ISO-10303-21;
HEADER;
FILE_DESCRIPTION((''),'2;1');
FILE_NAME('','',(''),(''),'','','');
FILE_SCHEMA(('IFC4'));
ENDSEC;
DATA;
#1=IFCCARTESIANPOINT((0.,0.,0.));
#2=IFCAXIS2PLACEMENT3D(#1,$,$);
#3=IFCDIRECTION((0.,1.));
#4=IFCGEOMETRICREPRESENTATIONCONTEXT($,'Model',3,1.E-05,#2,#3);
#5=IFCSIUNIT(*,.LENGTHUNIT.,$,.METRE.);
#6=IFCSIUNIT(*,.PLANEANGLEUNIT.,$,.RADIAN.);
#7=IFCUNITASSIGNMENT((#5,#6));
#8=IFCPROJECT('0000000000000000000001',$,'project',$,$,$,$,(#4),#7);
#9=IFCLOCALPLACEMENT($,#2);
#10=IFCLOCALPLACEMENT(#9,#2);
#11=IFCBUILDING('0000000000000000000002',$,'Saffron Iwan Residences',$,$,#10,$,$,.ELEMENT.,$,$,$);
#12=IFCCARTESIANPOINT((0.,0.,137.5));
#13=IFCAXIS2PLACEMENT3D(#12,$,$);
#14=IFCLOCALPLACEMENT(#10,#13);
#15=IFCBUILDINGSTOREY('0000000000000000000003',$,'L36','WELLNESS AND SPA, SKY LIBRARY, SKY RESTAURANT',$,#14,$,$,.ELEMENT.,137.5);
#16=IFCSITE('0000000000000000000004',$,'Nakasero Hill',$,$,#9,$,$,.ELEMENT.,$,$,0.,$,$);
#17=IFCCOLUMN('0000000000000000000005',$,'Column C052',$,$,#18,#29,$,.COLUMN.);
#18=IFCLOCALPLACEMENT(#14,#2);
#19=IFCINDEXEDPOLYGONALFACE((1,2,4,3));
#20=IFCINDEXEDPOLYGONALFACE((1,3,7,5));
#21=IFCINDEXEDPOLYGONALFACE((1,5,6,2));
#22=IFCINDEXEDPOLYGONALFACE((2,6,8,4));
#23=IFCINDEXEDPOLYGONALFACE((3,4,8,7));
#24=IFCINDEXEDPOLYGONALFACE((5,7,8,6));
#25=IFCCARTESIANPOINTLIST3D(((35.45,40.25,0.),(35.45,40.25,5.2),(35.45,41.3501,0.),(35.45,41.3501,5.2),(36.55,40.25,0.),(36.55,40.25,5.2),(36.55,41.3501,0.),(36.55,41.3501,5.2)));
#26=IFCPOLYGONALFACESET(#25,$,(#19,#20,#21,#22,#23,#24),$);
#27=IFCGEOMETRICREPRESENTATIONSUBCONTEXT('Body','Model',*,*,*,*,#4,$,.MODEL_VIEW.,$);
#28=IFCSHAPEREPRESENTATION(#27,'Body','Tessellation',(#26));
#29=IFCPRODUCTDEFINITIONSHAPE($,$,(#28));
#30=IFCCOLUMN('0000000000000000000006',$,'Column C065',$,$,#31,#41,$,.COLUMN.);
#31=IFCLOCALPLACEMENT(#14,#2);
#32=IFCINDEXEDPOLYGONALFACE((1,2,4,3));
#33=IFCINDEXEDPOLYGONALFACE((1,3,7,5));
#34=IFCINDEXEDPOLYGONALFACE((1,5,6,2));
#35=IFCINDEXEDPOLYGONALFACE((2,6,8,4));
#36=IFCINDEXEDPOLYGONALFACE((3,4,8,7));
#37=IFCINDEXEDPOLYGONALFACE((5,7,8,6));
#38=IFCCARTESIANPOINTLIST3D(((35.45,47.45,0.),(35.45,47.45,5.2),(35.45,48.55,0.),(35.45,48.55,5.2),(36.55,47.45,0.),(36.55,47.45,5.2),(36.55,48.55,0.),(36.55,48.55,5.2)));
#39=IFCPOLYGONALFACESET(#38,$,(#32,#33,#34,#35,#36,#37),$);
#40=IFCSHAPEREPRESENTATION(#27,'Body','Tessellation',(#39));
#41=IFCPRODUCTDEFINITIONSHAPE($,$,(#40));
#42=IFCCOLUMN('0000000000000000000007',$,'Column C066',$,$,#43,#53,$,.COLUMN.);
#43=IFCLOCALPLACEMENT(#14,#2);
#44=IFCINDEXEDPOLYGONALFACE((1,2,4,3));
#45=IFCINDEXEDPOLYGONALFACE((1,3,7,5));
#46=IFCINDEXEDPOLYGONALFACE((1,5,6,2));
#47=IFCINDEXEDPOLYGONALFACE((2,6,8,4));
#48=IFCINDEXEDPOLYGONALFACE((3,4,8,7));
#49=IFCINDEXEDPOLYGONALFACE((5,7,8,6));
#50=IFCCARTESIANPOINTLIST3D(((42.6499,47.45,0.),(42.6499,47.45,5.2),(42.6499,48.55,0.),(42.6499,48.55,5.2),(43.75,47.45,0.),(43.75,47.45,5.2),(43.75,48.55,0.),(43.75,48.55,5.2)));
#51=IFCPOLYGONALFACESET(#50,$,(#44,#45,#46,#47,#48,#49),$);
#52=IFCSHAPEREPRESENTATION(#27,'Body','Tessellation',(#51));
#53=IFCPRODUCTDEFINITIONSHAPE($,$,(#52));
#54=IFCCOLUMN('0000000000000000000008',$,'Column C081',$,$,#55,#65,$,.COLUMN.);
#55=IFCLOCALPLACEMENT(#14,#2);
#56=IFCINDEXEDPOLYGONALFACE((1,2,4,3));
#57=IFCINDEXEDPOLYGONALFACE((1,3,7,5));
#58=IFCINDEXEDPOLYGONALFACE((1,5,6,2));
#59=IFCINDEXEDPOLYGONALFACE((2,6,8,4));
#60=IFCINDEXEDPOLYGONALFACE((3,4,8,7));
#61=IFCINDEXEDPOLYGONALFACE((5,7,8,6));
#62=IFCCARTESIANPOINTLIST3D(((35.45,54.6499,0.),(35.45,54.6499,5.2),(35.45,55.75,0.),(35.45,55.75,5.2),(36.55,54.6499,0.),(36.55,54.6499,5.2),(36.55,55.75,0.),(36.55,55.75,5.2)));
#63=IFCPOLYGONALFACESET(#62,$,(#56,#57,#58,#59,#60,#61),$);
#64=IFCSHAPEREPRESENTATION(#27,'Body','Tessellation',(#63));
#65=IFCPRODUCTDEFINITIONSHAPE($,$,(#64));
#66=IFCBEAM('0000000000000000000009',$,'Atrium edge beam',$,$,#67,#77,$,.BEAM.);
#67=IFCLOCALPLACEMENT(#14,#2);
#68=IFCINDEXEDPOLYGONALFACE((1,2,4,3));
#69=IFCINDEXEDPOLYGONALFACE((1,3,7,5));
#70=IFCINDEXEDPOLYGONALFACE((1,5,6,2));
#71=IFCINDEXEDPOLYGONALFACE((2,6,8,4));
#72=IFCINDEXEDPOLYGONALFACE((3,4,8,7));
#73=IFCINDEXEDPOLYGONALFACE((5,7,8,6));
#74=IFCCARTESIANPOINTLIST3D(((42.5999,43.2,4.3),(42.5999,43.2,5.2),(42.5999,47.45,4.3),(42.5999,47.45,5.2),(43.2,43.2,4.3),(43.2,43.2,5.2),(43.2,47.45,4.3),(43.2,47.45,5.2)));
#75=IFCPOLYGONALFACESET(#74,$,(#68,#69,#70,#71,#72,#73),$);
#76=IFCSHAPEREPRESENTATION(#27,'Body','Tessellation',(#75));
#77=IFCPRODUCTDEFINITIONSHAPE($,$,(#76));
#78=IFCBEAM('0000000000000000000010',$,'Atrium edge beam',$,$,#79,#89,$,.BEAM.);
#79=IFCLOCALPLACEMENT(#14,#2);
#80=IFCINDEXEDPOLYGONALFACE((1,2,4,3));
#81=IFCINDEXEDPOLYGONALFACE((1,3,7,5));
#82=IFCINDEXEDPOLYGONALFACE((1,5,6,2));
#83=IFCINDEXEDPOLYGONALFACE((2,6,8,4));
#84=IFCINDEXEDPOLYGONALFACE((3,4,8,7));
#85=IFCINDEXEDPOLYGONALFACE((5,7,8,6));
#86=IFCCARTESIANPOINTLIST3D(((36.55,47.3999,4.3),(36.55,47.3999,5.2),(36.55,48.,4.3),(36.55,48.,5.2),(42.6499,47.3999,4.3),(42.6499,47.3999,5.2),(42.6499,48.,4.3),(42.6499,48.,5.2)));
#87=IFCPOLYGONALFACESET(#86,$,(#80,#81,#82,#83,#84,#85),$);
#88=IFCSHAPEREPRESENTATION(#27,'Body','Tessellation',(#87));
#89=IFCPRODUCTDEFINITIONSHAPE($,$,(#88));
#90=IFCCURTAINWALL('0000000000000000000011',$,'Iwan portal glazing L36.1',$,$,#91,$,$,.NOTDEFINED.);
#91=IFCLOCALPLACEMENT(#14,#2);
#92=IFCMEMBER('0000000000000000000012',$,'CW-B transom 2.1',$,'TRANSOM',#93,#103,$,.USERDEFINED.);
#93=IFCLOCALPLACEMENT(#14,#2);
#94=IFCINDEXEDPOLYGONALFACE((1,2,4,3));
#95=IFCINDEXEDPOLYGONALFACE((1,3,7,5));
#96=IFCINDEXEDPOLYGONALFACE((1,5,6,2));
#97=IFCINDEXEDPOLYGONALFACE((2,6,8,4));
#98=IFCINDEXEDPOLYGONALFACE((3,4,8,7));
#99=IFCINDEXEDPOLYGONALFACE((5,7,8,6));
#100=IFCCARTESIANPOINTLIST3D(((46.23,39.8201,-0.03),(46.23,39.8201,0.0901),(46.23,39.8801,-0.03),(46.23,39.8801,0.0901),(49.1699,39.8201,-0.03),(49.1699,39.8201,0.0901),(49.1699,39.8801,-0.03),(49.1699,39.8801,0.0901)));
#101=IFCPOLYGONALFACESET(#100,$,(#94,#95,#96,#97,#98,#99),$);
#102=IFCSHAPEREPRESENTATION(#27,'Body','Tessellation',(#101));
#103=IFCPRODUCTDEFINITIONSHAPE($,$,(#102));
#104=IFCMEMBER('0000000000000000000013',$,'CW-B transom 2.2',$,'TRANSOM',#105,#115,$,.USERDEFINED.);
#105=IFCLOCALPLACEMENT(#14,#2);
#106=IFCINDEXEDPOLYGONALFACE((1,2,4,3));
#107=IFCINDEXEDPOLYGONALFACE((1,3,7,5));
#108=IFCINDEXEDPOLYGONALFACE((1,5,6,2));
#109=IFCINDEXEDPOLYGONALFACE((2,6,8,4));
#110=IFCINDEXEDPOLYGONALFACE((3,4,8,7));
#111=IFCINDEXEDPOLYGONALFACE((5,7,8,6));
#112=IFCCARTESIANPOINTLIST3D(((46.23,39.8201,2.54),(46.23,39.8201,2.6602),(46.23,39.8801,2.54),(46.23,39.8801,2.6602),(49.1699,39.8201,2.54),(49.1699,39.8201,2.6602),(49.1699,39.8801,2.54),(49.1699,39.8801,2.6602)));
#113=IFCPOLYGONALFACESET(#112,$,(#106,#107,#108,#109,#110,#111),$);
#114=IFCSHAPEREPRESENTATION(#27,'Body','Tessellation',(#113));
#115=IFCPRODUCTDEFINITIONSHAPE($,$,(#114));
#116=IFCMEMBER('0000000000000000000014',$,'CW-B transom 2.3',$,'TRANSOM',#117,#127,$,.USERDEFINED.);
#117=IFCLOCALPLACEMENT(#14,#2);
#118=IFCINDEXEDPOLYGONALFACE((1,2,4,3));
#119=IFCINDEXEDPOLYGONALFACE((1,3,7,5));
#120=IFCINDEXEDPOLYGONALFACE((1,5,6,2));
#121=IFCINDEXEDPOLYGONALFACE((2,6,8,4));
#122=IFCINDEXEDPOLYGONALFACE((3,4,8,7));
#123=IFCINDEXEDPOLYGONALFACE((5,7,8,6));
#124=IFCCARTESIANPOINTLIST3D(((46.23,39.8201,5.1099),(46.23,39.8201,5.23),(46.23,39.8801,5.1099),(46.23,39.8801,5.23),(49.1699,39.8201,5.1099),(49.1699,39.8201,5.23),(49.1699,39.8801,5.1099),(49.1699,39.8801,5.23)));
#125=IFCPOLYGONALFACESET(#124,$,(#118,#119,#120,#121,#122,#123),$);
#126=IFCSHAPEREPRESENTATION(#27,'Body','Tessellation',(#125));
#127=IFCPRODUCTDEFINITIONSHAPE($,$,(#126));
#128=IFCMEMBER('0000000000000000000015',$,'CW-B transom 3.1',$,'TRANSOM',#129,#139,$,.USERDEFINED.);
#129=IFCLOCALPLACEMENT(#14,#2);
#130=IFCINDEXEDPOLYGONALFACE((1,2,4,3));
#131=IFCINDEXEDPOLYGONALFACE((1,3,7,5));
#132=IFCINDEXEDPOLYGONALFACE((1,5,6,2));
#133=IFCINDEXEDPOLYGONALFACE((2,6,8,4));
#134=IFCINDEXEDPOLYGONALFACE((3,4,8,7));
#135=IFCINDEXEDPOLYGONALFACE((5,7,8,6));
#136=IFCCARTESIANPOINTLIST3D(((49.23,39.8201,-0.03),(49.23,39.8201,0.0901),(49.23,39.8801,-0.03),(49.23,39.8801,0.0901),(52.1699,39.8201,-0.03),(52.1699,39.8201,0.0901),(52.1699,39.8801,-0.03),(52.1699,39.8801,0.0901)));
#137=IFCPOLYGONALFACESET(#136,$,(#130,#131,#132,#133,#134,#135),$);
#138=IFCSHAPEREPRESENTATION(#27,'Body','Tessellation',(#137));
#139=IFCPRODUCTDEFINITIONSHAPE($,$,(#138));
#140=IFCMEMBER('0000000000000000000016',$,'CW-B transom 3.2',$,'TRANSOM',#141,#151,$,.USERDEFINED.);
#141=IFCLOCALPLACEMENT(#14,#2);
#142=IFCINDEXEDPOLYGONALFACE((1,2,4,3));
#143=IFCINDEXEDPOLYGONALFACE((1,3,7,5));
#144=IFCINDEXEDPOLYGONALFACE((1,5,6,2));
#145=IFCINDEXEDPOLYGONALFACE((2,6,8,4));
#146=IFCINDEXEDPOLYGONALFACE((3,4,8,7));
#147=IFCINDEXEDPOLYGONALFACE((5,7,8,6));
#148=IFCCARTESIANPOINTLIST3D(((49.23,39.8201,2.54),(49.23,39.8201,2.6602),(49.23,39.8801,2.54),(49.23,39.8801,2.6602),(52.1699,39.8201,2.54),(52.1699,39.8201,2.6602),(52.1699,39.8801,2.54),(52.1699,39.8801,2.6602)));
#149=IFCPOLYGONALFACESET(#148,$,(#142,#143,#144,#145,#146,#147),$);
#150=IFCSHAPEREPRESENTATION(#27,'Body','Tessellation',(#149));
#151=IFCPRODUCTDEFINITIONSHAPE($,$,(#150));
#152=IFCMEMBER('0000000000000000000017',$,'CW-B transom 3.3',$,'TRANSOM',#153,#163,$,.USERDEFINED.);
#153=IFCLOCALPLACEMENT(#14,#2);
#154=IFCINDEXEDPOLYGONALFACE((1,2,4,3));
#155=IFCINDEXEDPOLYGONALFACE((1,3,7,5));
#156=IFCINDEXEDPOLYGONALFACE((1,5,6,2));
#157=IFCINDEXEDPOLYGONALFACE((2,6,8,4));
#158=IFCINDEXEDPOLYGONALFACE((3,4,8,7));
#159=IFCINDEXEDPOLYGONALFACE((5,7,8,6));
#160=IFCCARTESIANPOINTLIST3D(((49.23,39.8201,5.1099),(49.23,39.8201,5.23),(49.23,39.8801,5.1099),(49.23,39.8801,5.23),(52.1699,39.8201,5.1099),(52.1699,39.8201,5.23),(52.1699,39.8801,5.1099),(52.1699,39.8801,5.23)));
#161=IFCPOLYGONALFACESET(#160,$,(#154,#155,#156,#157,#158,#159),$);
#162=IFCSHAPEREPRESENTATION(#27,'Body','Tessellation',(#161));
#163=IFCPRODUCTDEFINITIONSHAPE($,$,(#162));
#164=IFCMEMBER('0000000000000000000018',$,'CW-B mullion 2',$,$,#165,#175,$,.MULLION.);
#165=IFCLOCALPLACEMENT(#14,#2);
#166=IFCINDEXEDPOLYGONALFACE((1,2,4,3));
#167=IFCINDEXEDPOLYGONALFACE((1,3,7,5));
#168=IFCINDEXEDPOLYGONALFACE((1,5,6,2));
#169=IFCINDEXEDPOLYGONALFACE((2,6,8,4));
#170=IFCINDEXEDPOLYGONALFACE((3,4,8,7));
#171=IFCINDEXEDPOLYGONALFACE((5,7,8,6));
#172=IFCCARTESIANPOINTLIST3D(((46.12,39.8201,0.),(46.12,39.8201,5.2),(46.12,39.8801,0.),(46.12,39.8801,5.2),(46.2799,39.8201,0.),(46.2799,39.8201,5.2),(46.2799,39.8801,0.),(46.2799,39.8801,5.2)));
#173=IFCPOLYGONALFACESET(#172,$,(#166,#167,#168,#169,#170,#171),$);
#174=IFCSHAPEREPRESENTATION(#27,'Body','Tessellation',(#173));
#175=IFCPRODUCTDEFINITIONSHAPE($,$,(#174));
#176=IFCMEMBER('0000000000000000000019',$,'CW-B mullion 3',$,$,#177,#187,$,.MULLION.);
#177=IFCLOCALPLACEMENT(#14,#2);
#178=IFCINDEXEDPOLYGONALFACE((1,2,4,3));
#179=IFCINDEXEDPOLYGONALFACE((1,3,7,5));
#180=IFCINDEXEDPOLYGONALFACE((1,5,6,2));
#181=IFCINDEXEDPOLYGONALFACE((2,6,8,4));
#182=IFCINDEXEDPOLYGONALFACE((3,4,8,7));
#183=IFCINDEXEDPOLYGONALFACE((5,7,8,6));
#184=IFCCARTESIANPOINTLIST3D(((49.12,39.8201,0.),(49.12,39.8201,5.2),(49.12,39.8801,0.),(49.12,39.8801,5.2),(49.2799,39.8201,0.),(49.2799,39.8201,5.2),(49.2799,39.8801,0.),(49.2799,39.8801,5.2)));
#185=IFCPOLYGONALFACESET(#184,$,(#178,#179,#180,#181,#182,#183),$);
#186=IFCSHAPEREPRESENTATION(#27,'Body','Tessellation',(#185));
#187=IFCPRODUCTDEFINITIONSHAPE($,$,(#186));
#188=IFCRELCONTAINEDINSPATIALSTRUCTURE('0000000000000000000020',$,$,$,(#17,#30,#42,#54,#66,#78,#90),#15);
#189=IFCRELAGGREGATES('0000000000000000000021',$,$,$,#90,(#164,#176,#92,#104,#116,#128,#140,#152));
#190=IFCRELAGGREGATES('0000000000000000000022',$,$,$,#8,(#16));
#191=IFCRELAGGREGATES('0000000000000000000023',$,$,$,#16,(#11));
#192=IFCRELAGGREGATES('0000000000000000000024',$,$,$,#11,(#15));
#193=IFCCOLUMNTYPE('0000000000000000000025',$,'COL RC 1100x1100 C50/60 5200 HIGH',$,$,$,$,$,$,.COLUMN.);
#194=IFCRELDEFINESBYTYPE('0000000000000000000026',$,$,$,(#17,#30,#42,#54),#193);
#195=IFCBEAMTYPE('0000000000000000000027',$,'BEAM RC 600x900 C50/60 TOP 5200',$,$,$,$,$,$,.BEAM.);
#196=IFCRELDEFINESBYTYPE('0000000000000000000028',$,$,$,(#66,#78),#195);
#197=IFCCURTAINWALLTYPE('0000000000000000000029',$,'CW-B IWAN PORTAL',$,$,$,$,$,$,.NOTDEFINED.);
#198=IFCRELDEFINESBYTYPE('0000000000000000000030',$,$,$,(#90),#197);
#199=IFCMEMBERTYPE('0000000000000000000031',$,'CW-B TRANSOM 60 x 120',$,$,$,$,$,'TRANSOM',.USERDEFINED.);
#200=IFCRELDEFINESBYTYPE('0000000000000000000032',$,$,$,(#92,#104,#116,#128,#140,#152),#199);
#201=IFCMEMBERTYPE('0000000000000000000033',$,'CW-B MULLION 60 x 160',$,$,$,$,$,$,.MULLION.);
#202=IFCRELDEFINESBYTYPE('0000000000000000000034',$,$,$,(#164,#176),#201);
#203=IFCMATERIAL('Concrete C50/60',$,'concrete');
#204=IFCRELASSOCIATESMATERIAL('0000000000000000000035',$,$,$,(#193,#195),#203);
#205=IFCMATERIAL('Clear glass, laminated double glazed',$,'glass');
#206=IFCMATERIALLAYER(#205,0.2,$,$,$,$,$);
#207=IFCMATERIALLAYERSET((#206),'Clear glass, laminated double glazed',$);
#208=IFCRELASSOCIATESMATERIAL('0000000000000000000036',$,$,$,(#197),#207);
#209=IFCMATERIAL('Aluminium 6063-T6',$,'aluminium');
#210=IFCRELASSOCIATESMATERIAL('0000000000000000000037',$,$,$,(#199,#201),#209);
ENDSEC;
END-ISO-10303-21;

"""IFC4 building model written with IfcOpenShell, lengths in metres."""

from ifc_helpers import new_model, si_unit, direction, frame, origin, origin_2d, place, context, subcontext, project, spatial, rectangle, extrude, source, transform, mapped, material, layer, layer_set, material_profile, profile_set, type_object, element, aggregate, save


model = new_model("IFC4")

# Units and contexts
model_context = context("Model", 3, precision=1e-05, world=origin(), true_north=direction((0.0, 1.0)))
body_context = subcontext(model_context, "Body", "Model", "MODEL_VIEW")
ifc_project = project(units=[si_unit("LENGTHUNIT", "METRE"), si_unit("PLANEANGLEUNIT", "RADIAN")], contexts=[model_context])

# Site, building, storey
site_placement = place(None, origin())
site = spatial("IfcSite", under=ifc_project, at=site_placement, Name="Nakasero Hill", CompositionType="ELEMENT", RefElevation=0.0)
building_placement = place(site_placement, origin())
building = spatial("IfcBuilding", under=site, at=building_placement, Name="Saffron Iwan Residences", CompositionType="ELEMENT")
storey_placement = place(building_placement, frame((0.0, 0.0, 137.5)))
storey = spatial("IfcBuildingStorey", under=building, at=storey_placement, Name="L36", Description="WELLNESS AND SPA, SKY LIBRARY, SKY RESTAURANT", CompositionType="ELEMENT", Elevation=137.5)

# Columns
ifc_material_1 = material(Name="Concrete C50/60", Category="concrete")
ifc_material_profile_1 = material_profile(ifc_material_1, rectangle(XDim=1.1001, YDim=1.1001, at=origin_2d()), Name="RC 1100x1100")
ifc_profile_set_1 = profile_set([ifc_material_profile_1], Name="Concrete C50/60")
column_type = type_object("IfcColumnType", Name="COL RC 1100x1100 C50/60 5200 HIGH", PredefinedType="COLUMN", material=ifc_profile_set_1)
shared_shape_1 = source(origin(), body_context, "Body", "SweptSolid", [
    extrude(rectangle(XDim=1.1001, YDim=1.1001, at=origin_2d()), origin(), (0.0, 0.0, 1.0), 5.2),
])
for number, where, z_axis, x_axis, name in (
    (1, (36.0, 40.8, 0.0), (0.0, 0.0, 1.0), (1.0, 0.0, 0.0), "Column C052"),
    (2, (36.0, 48.0, 0.0), (0.0, 0.0, 1.0), (1.0, 0.0, 0.0), "Column C065"),
    (3, (43.2, 48.0, 0.0), (0.0, 0.0, 1.0), (1.0, 0.0, 0.0), "Column C066"),
    (4, (36.0, 55.2, 0.0), (0.0, 0.0, 1.0), (1.0, 0.0, 0.0), "Column C081"),
):
    element("IfcColumn", number, at=place(storey_placement, frame(where, z_axis=z_axis, x_axis=x_axis)), inside=storey, type_object=column_type, Name=name, PredefinedType="COLUMN", context=body_context, shape_type="MappedRepresentation", body=[
        mapped(shared_shape_1, transform((0.0, 0.0, 0.0))),
    ])

# Beams
ifc_material_profile_2 = material_profile(ifc_material_1, rectangle(XDim=0.6001, YDim=0.8999, at=origin_2d()), Name="RC 600x900")
ifc_profile_set_2 = profile_set([ifc_material_profile_2], Name="Concrete C50/60")
beam_type = type_object("IfcBeamType", Name="BEAM RC 600x900 C50/60 TOP 5200", PredefinedType="BEAM", material=ifc_profile_set_2)
shared_shape_2 = source(origin(), body_context, "Body", "SweptSolid", [
    extrude(rectangle(XDim=0.6001, YDim=0.8999, at=origin_2d()), origin(), (0.0, 0.0, 1.0), 4.25),
])
beam_1_placement = place(storey_placement, frame((42.8999, 43.2, 4.75), z_axis=(0.0, 1.0, 0.0), x_axis=(-1.0, 0.0, 0.0)))
element("IfcBeam", 5, at=beam_1_placement, inside=storey, type_object=beam_type, Name="Atrium edge beam", PredefinedType="BEAM", context=body_context, shape_type="MappedRepresentation", body=[
    mapped(shared_shape_2, transform((0.0, 0.0, 0.0))),
])
shared_shape_3 = source(origin(), body_context, "Body", "SweptSolid", [
    extrude(rectangle(XDim=0.6001, YDim=0.8999, at=origin_2d()), origin(), (0.0, 0.0, 1.0), 6.0999),
])
beam_2_placement = place(storey_placement, frame((42.6499, 47.7, 4.75), z_axis=(-1.0, 0.0, 0.0), x_axis=(0.0, -1.0, 0.0)))
element("IfcBeam", 6, at=beam_2_placement, inside=storey, type_object=beam_type, Name="Atrium edge beam", PredefinedType="BEAM", context=body_context, shape_type="MappedRepresentation", body=[
    mapped(shared_shape_3, transform((0.0, 0.0, 0.0))),
])

# Curtain wall, members
ifc_material_2 = material(Name="Clear glass, laminated double glazed", Category="glass")
ifc_layer_1 = layer(ifc_material_2, 0.2)
ifc_layer_set_1 = layer_set([ifc_layer_1], Name="Clear glass, laminated double glazed")
curtain_wall_type = type_object("IfcCurtainWallType", Name="CW-B IWAN PORTAL", PredefinedType="NOTDEFINED", material=ifc_layer_set_1)
curtain_wall_placement = place(storey_placement, origin())
curtain_wall = element("IfcCurtainWall", 7, at=curtain_wall_placement, inside=storey, type_object=curtain_wall_type, Name="Iwan portal glazing L36.1", PredefinedType="NOTDEFINED")
ifc_material_3 = material(Name="Aluminium 6063-T6", Category="aluminium")
ifc_material_profile_3 = material_profile(ifc_material_3, rectangle(XDim=0.0601, YDim=0.1201, at=origin_2d()), Name="CW-B TRANSOM 60 x 120")
ifc_profile_set_3 = profile_set([ifc_material_profile_3], Name="Aluminium 6063-T6")
member_type_1 = type_object("IfcMemberType", Name="CW-B TRANSOM 60 x 120", ElementType="TRANSOM", PredefinedType="USERDEFINED", material=ifc_profile_set_3)
shared_shape_4 = source(origin(), body_context, "Body", "SweptSolid", [
    extrude(rectangle(XDim=0.0601, YDim=0.1201, at=origin_2d()), origin(), (0.0, 0.0, 1.0), 2.9399),
])
member_1_placement = place(storey_placement, frame((46.23, 39.8501, 0.03), z_axis=(1.0, 0.0, 0.0), x_axis=(0.0, 1.0, 0.0)))
member_1 = element("IfcMember", 8, at=member_1_placement, type_object=member_type_1, Name="CW-B transom 2.1", ObjectType="TRANSOM", PredefinedType="USERDEFINED", context=body_context, shape_type="MappedRepresentation", body=[
    mapped(shared_shape_4, transform((0.0, 0.0, 0.0))),
])
member_2_placement = place(storey_placement, frame((46.23, 39.8501, 2.6001), z_axis=(1.0, 0.0, 0.0), x_axis=(0.0, 1.0, 0.0)))
member_2 = element("IfcMember", 9, at=member_2_placement, type_object=member_type_1, Name="CW-B transom 2.2", ObjectType="TRANSOM", PredefinedType="USERDEFINED", context=body_context, shape_type="MappedRepresentation", body=[
    mapped(shared_shape_4, transform((0.0, 0.0, 0.0))),
])
member_3_placement = place(storey_placement, frame((46.23, 39.8501, 5.1699), z_axis=(1.0, 0.0, 0.0), x_axis=(0.0, 1.0, 0.0)))
member_3 = element("IfcMember", 10, at=member_3_placement, type_object=member_type_1, Name="CW-B transom 2.3", ObjectType="TRANSOM", PredefinedType="USERDEFINED", context=body_context, shape_type="MappedRepresentation", body=[
    mapped(shared_shape_4, transform((0.0, 0.0, 0.0))),
])
member_4_placement = place(storey_placement, frame((49.23, 39.8501, 0.03), z_axis=(1.0, 0.0, 0.0), x_axis=(0.0, 1.0, 0.0)))
member_4 = element("IfcMember", 11, at=member_4_placement, type_object=member_type_1, Name="CW-B transom 3.1", ObjectType="TRANSOM", PredefinedType="USERDEFINED", context=body_context, shape_type="MappedRepresentation", body=[
    mapped(shared_shape_4, transform((0.0, 0.0, 0.0))),
])
member_5_placement = place(storey_placement, frame((49.23, 39.8501, 2.6001), z_axis=(1.0, 0.0, 0.0), x_axis=(0.0, 1.0, 0.0)))
member_5 = element("IfcMember", 12, at=member_5_placement, type_object=member_type_1, Name="CW-B transom 3.2", ObjectType="TRANSOM", PredefinedType="USERDEFINED", context=body_context, shape_type="MappedRepresentation", body=[
    mapped(shared_shape_4, transform((0.0, 0.0, 0.0))),
])
member_6_placement = place(storey_placement, frame((49.23, 39.8501, 5.1699), z_axis=(1.0, 0.0, 0.0), x_axis=(0.0, 1.0, 0.0)))
member_6 = element("IfcMember", 13, at=member_6_placement, type_object=member_type_1, Name="CW-B transom 3.3", ObjectType="TRANSOM", PredefinedType="USERDEFINED", context=body_context, shape_type="MappedRepresentation", body=[
    mapped(shared_shape_4, transform((0.0, 0.0, 0.0))),
])
ifc_material_profile_4 = material_profile(ifc_material_3, rectangle(XDim=0.0601, YDim=0.1599, at=origin_2d()), Name="CW-B MULLION 60 x 160")
ifc_profile_set_4 = profile_set([ifc_material_profile_4], Name="Aluminium 6063-T6")
member_type_2 = type_object("IfcMemberType", Name="CW-B MULLION 60 x 160", PredefinedType="MULLION", material=ifc_profile_set_4)
shared_shape_5 = source(origin(), body_context, "Body", "SweptSolid", [
    extrude(rectangle(XDim=0.0601, YDim=0.1599, at=origin_2d()), origin(), (0.0, 0.0, 1.0), 5.2),
])
member_7_placement = place(storey_placement, frame((46.2, 39.8501, 0.0), z_axis=(0.0, 0.0, 1.0), x_axis=(0.0, 1.0, 0.0)))
member_7 = element("IfcMember", 14, at=member_7_placement, type_object=member_type_2, Name="CW-B mullion 2", PredefinedType="MULLION", context=body_context, shape_type="MappedRepresentation", body=[
    mapped(shared_shape_5, transform((0.0, 0.0, 0.0))),
])
member_8_placement = place(storey_placement, frame((49.2, 39.8501, 0.0), z_axis=(0.0, 0.0, 1.0), x_axis=(0.0, 1.0, 0.0)))
member_8 = element("IfcMember", 15, at=member_8_placement, type_object=member_type_2, Name="CW-B mullion 3", PredefinedType="MULLION", context=body_context, shape_type="MappedRepresentation", body=[
    mapped(shared_shape_5, transform((0.0, 0.0, 0.0))),
])
aggregate(curtain_wall, [member_7, member_8, member_1, member_2, member_3, member_4, member_5, member_6])

save(model, "model.ifc")
